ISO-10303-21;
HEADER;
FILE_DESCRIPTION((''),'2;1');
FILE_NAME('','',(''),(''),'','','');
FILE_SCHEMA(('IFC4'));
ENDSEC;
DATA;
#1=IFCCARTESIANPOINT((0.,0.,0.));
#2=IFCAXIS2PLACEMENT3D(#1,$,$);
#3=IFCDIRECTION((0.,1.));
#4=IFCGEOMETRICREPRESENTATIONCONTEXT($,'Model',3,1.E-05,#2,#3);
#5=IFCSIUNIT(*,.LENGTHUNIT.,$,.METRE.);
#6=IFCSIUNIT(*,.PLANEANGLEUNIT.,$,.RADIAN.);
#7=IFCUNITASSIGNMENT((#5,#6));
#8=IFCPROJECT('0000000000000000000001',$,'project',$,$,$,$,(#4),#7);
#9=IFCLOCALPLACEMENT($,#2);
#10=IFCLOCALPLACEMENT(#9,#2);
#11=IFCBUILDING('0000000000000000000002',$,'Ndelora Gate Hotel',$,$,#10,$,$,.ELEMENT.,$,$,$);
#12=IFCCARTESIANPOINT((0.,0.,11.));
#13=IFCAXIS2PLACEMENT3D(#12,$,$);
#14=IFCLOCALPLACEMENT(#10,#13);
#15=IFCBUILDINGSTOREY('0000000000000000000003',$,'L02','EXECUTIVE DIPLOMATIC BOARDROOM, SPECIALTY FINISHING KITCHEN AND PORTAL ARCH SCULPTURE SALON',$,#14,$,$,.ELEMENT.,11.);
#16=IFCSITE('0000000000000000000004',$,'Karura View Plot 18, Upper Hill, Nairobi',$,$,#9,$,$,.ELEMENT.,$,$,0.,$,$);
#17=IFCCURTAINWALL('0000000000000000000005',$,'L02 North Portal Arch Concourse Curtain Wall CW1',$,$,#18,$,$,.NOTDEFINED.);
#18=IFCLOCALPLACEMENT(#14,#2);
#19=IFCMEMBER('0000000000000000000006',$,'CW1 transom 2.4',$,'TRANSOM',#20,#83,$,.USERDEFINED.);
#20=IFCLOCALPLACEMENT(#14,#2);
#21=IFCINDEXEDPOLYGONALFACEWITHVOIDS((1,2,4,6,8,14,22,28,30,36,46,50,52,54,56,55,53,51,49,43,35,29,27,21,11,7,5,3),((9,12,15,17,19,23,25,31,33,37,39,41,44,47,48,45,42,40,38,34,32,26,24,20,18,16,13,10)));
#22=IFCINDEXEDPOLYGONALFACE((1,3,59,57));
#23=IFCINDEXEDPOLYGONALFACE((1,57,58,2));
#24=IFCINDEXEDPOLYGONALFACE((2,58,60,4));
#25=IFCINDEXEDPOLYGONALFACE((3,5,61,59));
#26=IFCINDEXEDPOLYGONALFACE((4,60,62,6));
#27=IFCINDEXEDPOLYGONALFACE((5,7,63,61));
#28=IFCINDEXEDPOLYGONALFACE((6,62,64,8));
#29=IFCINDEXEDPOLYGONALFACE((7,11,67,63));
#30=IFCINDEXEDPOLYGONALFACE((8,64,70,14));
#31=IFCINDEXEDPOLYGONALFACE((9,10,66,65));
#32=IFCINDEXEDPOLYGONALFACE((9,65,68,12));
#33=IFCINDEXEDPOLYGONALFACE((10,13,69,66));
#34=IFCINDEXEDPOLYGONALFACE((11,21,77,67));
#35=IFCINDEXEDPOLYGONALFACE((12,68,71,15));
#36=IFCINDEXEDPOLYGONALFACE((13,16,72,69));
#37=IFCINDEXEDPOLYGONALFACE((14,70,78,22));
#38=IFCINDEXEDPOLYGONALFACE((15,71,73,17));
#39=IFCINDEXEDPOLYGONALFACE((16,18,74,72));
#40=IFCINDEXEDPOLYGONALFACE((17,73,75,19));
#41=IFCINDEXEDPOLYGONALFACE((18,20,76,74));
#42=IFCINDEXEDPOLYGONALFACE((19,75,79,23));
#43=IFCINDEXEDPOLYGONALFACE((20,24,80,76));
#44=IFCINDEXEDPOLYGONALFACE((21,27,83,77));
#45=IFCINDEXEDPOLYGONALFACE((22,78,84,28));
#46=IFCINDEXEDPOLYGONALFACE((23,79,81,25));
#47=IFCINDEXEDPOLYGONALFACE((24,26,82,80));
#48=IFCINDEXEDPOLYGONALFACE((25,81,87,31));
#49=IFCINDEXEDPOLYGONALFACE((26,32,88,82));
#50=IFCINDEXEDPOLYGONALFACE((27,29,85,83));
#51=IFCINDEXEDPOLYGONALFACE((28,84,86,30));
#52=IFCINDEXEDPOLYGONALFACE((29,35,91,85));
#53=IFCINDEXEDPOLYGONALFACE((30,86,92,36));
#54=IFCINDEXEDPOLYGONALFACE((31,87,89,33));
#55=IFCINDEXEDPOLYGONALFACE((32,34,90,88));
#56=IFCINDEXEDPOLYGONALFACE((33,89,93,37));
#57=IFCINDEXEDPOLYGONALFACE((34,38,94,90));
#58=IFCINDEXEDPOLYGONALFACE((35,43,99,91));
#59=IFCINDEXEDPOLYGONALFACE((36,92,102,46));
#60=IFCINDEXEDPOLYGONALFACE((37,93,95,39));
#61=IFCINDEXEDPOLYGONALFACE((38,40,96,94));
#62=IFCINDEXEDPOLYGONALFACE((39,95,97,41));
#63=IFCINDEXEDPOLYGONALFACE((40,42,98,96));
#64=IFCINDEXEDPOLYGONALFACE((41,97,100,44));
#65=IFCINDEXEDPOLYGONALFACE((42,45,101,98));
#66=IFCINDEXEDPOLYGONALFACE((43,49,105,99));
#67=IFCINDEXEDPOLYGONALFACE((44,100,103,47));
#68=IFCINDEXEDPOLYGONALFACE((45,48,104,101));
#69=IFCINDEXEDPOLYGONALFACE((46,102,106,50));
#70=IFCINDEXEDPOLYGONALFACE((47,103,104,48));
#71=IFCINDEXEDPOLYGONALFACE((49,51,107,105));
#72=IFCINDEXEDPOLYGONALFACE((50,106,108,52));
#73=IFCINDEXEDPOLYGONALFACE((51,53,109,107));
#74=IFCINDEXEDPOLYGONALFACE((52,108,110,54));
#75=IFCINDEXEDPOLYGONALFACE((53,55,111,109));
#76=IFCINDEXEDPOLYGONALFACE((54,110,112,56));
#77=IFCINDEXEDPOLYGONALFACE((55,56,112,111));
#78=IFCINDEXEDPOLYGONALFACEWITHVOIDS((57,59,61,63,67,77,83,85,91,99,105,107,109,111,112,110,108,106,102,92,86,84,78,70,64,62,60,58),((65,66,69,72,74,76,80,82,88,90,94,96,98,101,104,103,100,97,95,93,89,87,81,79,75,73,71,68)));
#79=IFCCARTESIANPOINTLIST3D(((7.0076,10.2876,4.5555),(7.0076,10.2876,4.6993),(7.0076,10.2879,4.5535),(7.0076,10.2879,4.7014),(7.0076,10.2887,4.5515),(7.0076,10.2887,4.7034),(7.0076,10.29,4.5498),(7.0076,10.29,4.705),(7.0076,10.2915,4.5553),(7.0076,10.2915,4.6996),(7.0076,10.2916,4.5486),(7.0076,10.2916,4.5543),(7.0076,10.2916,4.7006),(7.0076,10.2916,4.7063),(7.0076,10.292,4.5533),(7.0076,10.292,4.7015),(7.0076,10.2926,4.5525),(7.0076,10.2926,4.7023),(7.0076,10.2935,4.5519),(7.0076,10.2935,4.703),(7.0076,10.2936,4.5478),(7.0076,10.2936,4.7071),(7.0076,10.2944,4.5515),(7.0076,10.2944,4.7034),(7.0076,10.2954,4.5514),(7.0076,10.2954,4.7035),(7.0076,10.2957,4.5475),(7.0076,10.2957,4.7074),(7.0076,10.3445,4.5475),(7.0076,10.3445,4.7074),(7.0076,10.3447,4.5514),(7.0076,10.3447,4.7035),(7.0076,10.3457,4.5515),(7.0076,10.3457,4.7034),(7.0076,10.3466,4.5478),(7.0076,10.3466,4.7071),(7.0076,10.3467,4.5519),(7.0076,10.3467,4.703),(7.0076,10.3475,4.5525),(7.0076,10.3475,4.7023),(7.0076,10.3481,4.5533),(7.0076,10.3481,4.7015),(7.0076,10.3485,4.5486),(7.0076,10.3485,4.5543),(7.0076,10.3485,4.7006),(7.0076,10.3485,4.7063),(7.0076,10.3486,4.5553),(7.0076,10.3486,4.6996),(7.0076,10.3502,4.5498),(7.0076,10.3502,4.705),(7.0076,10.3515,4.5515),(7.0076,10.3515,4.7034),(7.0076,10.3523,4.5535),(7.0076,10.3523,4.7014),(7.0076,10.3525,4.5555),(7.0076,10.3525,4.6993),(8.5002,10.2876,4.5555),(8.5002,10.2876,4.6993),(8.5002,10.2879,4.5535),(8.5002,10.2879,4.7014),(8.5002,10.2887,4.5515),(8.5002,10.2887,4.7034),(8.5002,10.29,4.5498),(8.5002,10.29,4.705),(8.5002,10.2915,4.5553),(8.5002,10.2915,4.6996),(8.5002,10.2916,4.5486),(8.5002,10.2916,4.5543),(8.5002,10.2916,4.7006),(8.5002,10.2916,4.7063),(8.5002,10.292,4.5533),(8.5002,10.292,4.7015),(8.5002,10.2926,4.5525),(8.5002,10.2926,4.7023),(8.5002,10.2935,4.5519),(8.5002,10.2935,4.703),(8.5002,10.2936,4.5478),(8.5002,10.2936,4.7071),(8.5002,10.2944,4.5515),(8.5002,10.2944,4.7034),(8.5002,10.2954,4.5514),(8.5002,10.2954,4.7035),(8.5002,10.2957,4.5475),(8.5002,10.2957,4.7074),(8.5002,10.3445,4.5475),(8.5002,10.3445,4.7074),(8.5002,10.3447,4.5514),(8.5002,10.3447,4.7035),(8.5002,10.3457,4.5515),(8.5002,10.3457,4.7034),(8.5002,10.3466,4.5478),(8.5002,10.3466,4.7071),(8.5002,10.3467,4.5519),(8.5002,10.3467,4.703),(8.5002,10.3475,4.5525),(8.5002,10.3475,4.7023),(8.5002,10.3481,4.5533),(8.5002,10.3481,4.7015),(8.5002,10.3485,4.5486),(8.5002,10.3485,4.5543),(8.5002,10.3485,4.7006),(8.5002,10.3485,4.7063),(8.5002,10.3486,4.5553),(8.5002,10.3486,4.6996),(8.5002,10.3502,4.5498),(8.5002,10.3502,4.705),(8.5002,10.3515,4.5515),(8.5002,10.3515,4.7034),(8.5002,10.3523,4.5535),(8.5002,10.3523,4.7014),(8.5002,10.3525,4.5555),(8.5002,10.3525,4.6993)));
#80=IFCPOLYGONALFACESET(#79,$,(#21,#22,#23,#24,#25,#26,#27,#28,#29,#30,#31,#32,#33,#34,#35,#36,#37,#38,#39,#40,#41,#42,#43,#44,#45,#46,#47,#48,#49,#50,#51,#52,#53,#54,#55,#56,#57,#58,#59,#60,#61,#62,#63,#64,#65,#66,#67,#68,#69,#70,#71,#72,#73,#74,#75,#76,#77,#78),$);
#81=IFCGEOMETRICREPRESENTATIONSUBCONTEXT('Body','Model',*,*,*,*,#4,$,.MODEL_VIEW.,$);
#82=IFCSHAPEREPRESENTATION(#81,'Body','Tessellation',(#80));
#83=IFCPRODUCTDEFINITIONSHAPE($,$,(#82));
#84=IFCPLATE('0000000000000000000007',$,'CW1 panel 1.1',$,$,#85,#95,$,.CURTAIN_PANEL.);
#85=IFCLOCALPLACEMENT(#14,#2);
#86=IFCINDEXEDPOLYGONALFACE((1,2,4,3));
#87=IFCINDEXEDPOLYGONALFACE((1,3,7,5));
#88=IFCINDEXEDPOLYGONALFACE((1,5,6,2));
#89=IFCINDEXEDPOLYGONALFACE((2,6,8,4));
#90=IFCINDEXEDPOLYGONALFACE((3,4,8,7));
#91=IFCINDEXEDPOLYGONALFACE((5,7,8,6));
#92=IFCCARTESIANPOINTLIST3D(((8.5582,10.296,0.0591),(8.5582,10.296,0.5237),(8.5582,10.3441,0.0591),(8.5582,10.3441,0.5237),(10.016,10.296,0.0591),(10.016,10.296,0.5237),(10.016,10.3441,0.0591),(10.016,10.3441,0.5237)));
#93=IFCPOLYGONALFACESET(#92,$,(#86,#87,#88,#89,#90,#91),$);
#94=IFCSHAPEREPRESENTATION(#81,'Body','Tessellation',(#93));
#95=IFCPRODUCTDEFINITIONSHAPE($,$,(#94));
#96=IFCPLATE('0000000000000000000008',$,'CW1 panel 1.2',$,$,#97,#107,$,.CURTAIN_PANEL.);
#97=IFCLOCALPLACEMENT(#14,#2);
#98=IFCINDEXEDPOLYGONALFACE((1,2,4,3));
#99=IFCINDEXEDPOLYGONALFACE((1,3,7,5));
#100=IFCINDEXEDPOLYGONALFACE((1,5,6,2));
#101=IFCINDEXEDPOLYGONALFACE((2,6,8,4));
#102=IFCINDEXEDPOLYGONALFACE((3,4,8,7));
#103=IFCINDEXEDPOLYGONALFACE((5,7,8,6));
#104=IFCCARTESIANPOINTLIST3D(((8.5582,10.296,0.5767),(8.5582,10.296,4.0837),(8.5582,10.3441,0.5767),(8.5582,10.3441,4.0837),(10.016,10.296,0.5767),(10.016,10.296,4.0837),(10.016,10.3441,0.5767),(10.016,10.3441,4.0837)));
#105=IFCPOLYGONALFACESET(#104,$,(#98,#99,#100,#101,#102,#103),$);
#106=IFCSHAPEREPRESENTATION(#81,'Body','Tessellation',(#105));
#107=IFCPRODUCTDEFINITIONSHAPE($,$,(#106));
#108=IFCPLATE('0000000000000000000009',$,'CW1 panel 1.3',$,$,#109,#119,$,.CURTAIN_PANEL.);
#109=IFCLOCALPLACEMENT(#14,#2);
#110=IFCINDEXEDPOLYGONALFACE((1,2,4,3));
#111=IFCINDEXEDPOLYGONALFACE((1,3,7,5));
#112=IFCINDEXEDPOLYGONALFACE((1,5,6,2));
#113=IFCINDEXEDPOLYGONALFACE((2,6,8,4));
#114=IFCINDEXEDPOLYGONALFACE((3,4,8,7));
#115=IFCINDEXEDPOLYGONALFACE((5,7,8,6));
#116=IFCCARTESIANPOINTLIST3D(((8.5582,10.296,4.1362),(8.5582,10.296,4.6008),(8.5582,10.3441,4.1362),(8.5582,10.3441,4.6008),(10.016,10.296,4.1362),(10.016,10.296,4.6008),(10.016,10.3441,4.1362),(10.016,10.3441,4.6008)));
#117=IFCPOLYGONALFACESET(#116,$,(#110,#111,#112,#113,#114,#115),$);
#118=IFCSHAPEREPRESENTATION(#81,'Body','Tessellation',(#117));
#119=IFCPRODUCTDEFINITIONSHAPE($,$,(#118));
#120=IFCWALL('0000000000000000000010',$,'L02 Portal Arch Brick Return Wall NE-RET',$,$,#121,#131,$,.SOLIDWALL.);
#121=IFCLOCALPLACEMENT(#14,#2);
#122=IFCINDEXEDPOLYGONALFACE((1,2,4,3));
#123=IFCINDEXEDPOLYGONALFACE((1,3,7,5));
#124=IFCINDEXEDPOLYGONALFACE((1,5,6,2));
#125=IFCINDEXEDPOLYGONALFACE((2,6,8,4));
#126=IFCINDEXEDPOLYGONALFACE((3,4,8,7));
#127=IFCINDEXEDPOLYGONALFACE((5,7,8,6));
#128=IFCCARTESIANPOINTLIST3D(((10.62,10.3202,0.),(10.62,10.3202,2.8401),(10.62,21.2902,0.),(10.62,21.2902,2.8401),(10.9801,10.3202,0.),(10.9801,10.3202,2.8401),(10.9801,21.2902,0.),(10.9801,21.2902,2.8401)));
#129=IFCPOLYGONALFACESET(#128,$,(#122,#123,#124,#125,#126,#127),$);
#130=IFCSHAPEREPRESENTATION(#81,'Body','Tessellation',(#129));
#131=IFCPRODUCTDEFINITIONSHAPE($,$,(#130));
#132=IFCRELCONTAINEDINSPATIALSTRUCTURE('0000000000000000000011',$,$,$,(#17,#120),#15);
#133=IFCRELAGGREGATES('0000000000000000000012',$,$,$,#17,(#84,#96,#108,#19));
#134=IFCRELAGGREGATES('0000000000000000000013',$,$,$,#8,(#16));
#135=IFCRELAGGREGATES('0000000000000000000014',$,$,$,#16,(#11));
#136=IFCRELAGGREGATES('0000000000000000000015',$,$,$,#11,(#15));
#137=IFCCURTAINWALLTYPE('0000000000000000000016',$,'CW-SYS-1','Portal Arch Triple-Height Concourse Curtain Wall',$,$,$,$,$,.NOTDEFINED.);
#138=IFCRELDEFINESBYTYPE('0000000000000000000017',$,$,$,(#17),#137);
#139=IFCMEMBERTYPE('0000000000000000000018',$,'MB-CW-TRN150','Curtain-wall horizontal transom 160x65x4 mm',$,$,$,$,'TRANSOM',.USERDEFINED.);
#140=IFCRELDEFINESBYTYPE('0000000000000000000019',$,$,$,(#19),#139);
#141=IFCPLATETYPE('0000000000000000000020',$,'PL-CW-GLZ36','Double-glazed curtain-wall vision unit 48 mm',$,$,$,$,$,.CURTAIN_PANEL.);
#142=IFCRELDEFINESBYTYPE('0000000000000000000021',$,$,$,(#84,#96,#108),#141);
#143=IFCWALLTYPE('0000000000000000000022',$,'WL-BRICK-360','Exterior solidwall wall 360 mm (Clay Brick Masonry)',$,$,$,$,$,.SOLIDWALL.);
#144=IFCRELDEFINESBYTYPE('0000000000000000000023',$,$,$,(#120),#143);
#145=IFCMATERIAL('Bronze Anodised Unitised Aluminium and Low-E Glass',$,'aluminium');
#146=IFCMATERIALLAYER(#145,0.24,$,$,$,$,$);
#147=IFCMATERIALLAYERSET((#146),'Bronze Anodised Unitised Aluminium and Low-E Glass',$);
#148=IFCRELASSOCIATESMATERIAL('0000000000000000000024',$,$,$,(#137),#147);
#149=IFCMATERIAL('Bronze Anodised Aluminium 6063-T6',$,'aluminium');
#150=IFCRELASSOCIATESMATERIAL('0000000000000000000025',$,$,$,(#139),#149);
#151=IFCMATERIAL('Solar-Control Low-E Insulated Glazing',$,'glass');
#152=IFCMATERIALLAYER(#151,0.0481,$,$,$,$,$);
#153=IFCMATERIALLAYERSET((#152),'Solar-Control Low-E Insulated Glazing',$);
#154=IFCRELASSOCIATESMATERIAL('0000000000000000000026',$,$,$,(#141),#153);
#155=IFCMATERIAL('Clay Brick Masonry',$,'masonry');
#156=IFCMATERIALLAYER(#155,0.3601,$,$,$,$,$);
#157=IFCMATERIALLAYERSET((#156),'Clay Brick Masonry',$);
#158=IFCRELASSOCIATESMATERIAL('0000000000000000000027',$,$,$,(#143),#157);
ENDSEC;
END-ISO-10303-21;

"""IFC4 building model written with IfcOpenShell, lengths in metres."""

from ifc_helpers import new_model, si_unit, direction, frame, frame_2d, origin, origin_2d, place, context, subcontext, project, spatial, rectangle, hollow_rectangle, extrude, material, layer, layer_set, material_profile, profile_set, type_object, element, aggregate, save


model = new_model("IFC4")

# Units and contexts
model_context = context("Model", 3, precision=1e-05, world=origin(), true_north=direction((0.0, 1.0)))
body_context = subcontext(model_context, "Body", "Model", "MODEL_VIEW")
ifc_project = project(units=[si_unit("LENGTHUNIT", "METRE"), si_unit("PLANEANGLEUNIT", "RADIAN")], contexts=[model_context])

# Site, building, storey
site_placement = place(None, origin())
site = spatial("IfcSite", under=ifc_project, at=site_placement, Name="Karura View Plot 18, Upper Hill, Nairobi", CompositionType="ELEMENT", RefElevation=0.0)
building_placement = place(site_placement, origin())
building = spatial("IfcBuilding", under=site, at=building_placement, Name="Ndelora Gate Hotel", CompositionType="ELEMENT")
storey_placement = place(building_placement, frame((0.0, 0.0, 11.0)))
storey = spatial("IfcBuildingStorey", under=building, at=storey_placement, Name="L02", Description="EXECUTIVE DIPLOMATIC BOARDROOM, SPECIALTY FINISHING KITCHEN AND PORTAL ARCH SCULPTURE SALON", CompositionType="ELEMENT", Elevation=11.0)

# Curtain wall, member, plates
ifc_material_1 = material(Name="Bronze Anodised Unitised Aluminium and Low-E Glass", Category="aluminium")
ifc_layer_1 = layer(ifc_material_1, 0.24)
ifc_layer_set_1 = layer_set([ifc_layer_1], Name="Bronze Anodised Unitised Aluminium and Low-E Glass")
curtain_wall_type = type_object("IfcCurtainWallType", Name="CW-SYS-1", Description="Portal Arch Triple-Height Concourse Curtain Wall", PredefinedType="NOTDEFINED", material=ifc_layer_set_1)
curtain_wall_placement = place(storey_placement, origin())
curtain_wall = element("IfcCurtainWall", 1, at=curtain_wall_placement, inside=storey, type_object=curtain_wall_type, Name="L02 North Portal Arch Concourse Curtain Wall CW1", PredefinedType="NOTDEFINED")
ifc_material_2 = material(Name="Bronze Anodised Aluminium 6063-T6", Category="aluminium")
ifc_material_profile_1 = material_profile(ifc_material_2, hollow_rectangle(XDim=0.0649, YDim=0.1599, WallThickness=0.0039, InnerFilletRadius=0.0039, OuterFilletRadius=0.0081, at=origin_2d()), Name="ALU 160x65x4")
ifc_profile_set_1 = profile_set([ifc_material_profile_1], Name="Bronze Anodised Aluminium 6063-T6")
member_type_1 = type_object("IfcMemberType", Name="MB-CW-TRN150", Description="Curtain-wall horizontal transom 160x65x4 mm", ElementType="TRANSOM", PredefinedType="USERDEFINED", material=ifc_profile_set_1)
member_1_placement = place(storey_placement, frame((8.5002, 10.3201, 4.6274), z_axis=(-1.0, 0.0, 0.0), x_axis=(0.0, -1.0, 0.0)))
member_1 = element("IfcMember", 2, at=member_1_placement, type_object=member_type_1, Name="CW1 transom 2.4", ObjectType="TRANSOM", PredefinedType="USERDEFINED", context=body_context, shape_type="SweptSolid", body=[
    extrude(hollow_rectangle(XDim=0.0649, YDim=0.1599, WallThickness=0.0039, InnerFilletRadius=0.0039, OuterFilletRadius=0.0081, at=origin_2d()), origin(), (0.0, 0.0, 1.0), 1.4927),
])
ifc_material_3 = material(Name="Solar-Control Low-E Insulated Glazing", Category="glass")
ifc_layer_2 = layer(ifc_material_3, 0.0481)
ifc_layer_set_2 = layer_set([ifc_layer_2], Name="Solar-Control Low-E Insulated Glazing")
plate_type = type_object("IfcPlateType", Name="PL-CW-GLZ36", Description="Double-glazed curtain-wall vision unit 48 mm", PredefinedType="CURTAIN_PANEL", material=ifc_layer_set_2)
plate_1_placement = place(storey_placement, frame((9.2871, 10.3201, 0.0591), z_axis=(0.0, 0.0, 1.0), x_axis=(-1.0, 0.0, 0.0)))
plate_1 = element("IfcPlate", 3, at=plate_1_placement, type_object=plate_type, Name="CW1 panel 1.1", PredefinedType="CURTAIN_PANEL", context=body_context, shape_type="SweptSolid", body=[
    extrude(rectangle(XDim=1.4578, YDim=0.0481, at=origin_2d()), origin(), (0.0, 0.0, 1.0), 0.4646),
])
plate_2_placement = place(storey_placement, frame((9.2871, 10.3201, 0.5767), z_axis=(0.0, 0.0, 1.0), x_axis=(-1.0, 0.0, 0.0)))
plate_2 = element("IfcPlate", 4, at=plate_2_placement, type_object=plate_type, Name="CW1 panel 1.2", PredefinedType="CURTAIN_PANEL", context=body_context, shape_type="SweptSolid", body=[
    extrude(rectangle(XDim=1.4578, YDim=0.0481, at=origin_2d()), origin(), (0.0, 0.0, 1.0), 3.5071),
])
plate_3_placement = place(storey_placement, frame((9.2871, 10.3201, 4.1362), z_axis=(0.0, 0.0, 1.0), x_axis=(-1.0, 0.0, 0.0)))
plate_3 = element("IfcPlate", 5, at=plate_3_placement, type_object=plate_type, Name="CW1 panel 1.3", PredefinedType="CURTAIN_PANEL", context=body_context, shape_type="SweptSolid", body=[
    extrude(rectangle(XDim=1.4578, YDim=0.0481, at=origin_2d()), origin(), (0.0, 0.0, 1.0), 0.4646),
])
aggregate(curtain_wall, [plate_1, plate_2, plate_3, member_1])

# Wall
ifc_material_4 = material(Name="Clay Brick Masonry", Category="masonry")
ifc_layer_3 = layer(ifc_material_4, 0.3601)
ifc_layer_set_3 = layer_set([ifc_layer_3], Name="Clay Brick Masonry")
wall_type_1 = type_object("IfcWallType", Name="WL-BRICK-360", Description="Exterior solidwall wall 360 mm (Clay Brick Masonry)", PredefinedType="SOLIDWALL", material=ifc_layer_set_3)
wall_1_placement = place(storey_placement, frame((10.8, 21.29, 0.0), z_axis=(0.0, 0.0, 1.0), x_axis=(0.0, -1.0, 0.0)))
element("IfcWall", 6, at=wall_1_placement, inside=storey, type_object=wall_type_1, Name="L02 Portal Arch Brick Return Wall NE-RET", PredefinedType="SOLIDWALL", context=body_context, shape_type="SweptSolid", body=[
    extrude(rectangle(XDim=10.97, YDim=0.3601, at=frame_2d((5.4849, 0.0))), origin(), (0.0, 0.0, 1.0), 2.8401),
])

save(model, "model.ifc")
